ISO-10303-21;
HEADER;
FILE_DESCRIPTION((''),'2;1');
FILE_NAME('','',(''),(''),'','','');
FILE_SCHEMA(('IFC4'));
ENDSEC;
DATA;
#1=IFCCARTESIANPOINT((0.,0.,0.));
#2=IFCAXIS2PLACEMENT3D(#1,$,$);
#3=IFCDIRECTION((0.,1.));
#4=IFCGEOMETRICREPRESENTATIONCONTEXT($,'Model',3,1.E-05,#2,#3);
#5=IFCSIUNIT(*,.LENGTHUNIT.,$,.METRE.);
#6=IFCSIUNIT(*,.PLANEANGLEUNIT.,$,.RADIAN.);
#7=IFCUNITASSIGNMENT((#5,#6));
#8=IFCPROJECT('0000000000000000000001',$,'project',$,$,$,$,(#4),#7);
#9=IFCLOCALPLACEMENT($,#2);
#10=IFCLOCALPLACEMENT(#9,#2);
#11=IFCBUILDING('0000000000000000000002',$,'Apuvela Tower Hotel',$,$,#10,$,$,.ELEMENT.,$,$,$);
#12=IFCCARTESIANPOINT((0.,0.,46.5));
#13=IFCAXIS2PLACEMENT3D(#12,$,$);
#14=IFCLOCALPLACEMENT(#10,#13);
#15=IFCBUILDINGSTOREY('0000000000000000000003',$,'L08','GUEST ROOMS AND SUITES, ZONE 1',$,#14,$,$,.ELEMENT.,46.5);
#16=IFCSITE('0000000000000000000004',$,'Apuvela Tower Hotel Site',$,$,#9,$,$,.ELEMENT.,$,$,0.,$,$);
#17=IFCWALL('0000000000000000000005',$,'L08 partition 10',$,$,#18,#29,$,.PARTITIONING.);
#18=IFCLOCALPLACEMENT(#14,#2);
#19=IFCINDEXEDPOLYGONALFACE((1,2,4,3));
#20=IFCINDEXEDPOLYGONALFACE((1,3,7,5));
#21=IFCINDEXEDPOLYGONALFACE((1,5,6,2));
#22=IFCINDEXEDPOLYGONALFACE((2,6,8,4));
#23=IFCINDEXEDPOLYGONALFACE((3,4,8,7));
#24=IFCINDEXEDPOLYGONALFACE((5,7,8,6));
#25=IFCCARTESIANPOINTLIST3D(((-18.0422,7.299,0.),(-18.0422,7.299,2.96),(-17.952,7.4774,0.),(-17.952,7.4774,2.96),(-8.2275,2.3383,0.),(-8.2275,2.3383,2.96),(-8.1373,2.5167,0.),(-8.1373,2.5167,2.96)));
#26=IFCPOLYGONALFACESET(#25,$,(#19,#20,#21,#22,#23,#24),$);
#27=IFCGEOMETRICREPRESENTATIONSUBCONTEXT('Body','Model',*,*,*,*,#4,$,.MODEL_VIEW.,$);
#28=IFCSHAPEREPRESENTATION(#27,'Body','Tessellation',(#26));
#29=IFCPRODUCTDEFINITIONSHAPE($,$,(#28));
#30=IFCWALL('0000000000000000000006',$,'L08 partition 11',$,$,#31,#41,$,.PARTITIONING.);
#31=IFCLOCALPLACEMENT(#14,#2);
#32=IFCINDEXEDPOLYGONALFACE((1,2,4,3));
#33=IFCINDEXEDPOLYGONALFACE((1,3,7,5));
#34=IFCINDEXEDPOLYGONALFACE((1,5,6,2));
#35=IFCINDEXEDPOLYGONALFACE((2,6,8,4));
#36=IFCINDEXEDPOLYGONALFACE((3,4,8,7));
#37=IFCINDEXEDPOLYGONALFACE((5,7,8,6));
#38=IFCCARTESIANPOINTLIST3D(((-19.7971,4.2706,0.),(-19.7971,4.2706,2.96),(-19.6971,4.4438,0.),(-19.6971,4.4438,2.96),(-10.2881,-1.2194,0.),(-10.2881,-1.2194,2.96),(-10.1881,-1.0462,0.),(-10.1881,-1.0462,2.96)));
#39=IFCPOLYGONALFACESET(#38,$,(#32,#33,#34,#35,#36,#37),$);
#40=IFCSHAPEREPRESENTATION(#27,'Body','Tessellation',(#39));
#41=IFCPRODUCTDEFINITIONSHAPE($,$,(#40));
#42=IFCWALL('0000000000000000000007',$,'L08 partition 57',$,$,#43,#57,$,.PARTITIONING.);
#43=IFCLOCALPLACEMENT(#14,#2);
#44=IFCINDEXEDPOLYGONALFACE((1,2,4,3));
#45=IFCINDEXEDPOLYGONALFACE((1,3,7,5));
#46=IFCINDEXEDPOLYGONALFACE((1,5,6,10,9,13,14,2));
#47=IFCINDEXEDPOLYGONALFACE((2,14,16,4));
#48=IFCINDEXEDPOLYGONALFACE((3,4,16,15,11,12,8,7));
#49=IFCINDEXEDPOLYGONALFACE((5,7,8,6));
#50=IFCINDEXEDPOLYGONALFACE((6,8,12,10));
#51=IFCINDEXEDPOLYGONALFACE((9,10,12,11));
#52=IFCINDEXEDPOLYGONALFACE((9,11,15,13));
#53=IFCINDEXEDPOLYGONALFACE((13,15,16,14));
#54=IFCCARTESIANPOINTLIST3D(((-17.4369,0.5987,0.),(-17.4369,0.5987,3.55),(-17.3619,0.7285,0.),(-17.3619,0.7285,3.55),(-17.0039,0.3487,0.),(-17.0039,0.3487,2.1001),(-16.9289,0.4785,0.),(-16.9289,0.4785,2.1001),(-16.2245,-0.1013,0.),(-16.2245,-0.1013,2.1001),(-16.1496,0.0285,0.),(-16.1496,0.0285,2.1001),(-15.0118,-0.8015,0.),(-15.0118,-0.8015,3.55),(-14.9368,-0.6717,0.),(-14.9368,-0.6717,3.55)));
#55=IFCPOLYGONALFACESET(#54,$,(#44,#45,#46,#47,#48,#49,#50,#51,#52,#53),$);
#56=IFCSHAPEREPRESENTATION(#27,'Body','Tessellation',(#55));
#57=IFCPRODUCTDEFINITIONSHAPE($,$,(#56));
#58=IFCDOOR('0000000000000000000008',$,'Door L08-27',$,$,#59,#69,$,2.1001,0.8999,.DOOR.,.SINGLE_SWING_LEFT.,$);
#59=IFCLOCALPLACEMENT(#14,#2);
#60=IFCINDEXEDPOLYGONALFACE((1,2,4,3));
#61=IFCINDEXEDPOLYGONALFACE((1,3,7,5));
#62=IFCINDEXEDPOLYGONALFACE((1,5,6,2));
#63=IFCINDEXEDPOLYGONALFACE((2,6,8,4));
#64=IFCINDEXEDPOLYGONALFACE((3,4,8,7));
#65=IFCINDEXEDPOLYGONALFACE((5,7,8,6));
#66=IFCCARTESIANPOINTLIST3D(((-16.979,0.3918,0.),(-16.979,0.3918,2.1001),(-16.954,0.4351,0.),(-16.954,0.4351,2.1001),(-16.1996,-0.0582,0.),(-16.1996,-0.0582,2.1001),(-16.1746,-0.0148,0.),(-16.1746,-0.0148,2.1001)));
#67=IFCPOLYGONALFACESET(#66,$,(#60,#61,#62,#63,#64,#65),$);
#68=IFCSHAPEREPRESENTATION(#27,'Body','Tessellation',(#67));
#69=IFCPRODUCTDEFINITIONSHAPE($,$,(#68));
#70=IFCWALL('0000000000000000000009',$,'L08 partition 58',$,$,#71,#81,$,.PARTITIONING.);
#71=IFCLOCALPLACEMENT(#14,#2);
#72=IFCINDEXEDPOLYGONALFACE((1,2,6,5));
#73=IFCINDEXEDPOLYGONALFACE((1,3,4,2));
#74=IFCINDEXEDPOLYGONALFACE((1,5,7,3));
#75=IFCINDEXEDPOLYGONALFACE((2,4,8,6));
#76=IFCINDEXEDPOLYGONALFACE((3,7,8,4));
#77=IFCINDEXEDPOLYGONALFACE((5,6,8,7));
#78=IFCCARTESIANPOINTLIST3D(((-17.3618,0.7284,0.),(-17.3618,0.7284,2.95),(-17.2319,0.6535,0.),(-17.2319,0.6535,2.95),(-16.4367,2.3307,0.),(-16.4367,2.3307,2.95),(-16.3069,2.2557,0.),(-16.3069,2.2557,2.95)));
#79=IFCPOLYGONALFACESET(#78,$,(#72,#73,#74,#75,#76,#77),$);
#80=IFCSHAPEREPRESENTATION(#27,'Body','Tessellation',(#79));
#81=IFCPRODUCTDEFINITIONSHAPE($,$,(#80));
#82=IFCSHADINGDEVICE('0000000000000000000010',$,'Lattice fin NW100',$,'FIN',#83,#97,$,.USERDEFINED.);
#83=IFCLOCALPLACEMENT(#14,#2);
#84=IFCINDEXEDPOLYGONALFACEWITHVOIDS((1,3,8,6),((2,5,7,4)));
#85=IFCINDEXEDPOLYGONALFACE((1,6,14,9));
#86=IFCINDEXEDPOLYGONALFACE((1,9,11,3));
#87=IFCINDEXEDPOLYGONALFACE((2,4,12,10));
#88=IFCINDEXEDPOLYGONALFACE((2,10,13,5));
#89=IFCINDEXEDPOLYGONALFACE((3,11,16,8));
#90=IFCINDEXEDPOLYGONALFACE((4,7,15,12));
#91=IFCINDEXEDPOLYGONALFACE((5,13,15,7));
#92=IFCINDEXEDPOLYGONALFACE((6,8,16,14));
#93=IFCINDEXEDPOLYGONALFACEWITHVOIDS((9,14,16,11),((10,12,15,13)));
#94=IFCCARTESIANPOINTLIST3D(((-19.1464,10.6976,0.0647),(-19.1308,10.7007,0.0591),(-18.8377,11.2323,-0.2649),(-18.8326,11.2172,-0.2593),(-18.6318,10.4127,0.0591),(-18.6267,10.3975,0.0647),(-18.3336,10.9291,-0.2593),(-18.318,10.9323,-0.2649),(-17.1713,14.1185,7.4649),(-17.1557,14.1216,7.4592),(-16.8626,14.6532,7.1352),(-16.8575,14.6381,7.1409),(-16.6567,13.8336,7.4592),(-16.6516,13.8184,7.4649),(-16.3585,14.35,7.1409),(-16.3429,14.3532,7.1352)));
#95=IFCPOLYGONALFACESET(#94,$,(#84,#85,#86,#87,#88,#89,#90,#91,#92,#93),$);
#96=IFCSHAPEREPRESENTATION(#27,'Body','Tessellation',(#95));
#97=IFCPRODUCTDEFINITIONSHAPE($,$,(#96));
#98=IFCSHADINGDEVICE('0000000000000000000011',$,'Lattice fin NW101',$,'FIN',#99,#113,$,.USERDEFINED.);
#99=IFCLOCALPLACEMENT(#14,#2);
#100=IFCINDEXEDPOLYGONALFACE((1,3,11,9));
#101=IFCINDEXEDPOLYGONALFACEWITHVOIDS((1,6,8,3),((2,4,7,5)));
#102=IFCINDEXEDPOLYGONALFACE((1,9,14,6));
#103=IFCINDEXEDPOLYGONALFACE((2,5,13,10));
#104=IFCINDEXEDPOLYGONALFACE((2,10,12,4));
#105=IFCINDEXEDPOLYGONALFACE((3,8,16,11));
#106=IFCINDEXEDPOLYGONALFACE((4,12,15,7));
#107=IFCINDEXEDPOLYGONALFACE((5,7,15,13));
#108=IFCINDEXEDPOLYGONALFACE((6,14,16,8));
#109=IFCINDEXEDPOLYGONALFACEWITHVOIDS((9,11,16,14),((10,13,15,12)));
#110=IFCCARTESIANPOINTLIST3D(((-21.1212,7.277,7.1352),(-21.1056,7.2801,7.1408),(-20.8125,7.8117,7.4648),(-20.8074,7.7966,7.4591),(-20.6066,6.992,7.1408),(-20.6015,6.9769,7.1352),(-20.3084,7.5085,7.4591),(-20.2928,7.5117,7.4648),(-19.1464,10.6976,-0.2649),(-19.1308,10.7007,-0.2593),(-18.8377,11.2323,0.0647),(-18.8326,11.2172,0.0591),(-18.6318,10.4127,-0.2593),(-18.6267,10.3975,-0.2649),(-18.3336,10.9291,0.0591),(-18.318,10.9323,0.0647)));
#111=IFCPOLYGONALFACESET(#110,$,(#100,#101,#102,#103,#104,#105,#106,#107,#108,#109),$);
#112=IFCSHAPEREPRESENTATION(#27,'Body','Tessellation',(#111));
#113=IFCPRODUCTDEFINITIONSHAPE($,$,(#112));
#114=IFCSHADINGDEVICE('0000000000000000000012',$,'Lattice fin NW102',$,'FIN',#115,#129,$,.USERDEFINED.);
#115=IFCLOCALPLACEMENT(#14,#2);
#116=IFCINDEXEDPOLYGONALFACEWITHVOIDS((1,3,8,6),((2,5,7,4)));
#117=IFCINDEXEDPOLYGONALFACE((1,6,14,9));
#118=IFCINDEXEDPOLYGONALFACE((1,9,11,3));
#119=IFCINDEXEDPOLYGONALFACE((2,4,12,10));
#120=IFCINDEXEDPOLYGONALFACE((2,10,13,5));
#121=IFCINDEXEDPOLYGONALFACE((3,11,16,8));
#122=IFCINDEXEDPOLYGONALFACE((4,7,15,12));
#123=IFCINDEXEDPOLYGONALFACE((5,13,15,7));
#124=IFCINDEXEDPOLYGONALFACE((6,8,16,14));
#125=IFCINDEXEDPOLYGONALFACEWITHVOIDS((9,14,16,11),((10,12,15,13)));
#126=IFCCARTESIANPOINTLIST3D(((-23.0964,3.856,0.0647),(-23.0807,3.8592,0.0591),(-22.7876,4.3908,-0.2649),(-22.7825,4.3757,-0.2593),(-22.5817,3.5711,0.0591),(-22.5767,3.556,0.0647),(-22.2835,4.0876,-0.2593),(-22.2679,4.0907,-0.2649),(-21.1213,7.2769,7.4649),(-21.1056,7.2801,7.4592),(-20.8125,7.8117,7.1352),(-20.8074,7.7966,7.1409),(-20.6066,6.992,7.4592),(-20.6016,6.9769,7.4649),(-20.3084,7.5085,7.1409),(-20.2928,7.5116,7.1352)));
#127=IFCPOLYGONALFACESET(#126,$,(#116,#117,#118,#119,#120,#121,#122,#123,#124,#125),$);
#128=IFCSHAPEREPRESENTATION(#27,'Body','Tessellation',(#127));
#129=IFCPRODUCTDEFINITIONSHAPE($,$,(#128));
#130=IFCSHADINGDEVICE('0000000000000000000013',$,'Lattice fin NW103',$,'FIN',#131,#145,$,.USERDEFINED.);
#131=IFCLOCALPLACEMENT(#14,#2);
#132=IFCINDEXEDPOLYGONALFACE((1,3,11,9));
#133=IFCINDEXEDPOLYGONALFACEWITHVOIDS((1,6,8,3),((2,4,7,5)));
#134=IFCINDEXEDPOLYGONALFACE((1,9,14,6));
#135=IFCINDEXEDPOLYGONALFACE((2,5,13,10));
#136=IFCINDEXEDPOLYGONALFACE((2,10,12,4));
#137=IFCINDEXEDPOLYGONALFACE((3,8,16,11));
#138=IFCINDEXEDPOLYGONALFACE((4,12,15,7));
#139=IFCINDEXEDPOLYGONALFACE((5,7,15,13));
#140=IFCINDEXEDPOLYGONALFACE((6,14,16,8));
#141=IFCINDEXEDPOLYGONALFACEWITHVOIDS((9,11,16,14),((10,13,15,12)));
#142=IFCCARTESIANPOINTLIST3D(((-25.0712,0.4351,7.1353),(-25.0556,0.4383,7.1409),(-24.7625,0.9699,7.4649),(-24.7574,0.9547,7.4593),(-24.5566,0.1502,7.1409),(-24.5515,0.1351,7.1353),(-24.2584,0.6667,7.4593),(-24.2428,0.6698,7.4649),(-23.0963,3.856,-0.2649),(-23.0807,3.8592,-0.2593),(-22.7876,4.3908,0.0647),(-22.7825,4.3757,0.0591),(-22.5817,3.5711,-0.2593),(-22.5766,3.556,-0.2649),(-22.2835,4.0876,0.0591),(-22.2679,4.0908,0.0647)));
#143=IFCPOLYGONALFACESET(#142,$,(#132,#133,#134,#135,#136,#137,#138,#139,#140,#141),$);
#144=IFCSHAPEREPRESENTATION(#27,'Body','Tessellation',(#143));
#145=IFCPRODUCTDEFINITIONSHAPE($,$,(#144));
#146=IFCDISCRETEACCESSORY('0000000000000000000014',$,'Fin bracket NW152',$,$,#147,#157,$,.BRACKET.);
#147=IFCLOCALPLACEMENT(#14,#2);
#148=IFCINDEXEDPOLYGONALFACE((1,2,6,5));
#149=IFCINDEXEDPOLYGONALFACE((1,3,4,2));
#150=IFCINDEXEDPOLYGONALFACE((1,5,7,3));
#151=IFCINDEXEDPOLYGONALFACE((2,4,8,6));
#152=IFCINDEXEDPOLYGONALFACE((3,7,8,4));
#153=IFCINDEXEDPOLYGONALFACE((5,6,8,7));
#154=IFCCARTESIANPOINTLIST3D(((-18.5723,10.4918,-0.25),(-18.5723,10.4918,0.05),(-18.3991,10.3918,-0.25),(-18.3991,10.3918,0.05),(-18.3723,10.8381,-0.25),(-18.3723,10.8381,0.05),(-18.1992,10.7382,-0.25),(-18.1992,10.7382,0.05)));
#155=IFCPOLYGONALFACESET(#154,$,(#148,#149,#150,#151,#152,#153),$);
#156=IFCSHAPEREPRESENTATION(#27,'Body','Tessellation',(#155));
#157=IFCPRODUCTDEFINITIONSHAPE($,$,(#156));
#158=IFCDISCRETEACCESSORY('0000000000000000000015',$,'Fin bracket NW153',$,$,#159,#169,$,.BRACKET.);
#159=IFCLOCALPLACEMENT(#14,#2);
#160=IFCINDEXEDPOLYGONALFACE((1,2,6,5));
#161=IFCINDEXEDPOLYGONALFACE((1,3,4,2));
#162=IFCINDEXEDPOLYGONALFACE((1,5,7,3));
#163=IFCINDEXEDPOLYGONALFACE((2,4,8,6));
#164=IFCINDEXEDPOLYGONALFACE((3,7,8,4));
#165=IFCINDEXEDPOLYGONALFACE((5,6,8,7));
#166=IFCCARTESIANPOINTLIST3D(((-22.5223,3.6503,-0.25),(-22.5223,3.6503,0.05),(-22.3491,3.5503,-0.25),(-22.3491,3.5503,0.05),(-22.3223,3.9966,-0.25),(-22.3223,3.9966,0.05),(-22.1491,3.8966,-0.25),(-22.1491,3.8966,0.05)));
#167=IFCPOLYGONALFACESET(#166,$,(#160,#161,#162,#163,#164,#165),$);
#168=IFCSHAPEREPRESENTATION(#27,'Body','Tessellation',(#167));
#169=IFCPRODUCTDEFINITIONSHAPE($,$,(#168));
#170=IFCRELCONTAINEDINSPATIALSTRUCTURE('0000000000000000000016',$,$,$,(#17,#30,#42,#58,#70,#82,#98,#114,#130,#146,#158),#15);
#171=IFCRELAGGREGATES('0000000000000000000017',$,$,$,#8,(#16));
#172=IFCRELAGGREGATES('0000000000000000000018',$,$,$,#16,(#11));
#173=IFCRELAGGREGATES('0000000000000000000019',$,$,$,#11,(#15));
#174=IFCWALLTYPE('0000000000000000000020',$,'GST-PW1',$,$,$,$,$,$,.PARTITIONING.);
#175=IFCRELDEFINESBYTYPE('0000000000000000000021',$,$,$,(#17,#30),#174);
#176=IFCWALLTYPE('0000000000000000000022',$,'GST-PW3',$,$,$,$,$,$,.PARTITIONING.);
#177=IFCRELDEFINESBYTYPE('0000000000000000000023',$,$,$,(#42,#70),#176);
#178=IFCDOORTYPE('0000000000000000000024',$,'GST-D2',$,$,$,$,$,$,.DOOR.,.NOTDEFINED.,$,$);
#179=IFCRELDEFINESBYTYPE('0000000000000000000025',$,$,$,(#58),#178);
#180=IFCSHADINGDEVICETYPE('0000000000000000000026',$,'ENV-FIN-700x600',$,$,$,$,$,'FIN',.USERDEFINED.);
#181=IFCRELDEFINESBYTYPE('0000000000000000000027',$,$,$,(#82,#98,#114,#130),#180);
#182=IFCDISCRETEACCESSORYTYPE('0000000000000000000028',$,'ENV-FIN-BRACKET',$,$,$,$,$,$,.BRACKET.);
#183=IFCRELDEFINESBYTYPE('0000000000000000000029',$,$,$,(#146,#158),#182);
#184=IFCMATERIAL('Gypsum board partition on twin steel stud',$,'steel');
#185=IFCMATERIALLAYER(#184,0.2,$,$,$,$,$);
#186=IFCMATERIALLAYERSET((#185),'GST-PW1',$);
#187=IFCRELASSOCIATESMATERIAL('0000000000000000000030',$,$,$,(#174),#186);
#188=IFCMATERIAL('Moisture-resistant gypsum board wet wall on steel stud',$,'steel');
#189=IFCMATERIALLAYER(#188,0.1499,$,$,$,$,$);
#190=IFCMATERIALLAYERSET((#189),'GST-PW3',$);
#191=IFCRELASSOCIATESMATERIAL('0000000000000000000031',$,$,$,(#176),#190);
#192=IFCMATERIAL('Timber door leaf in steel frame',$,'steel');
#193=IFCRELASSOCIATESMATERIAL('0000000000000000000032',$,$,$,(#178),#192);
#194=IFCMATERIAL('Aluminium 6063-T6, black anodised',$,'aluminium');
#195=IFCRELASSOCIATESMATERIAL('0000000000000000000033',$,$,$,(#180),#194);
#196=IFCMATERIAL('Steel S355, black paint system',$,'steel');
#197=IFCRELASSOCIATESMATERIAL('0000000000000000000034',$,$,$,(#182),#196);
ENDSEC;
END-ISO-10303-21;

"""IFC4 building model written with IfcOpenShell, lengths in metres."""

from ifc_helpers import new_model, si_unit, direction, frame, frame_2d, origin, origin_2d, place, context, subcontext, project, spatial, rectangle, hollow_rectangle, extrude, material, layer, layer_set, material_profile, profile_set, type_object, element, fill, save


model = new_model("IFC4")

# Units and contexts
model_context = context("Model", 3, precision=1e-05, world=origin(), true_north=direction((0.0, 1.0)))
body_context = subcontext(model_context, "Body", "Model", "MODEL_VIEW")
ifc_project = project(units=[si_unit("LENGTHUNIT", "METRE"), si_unit("PLANEANGLEUNIT", "RADIAN")], contexts=[model_context])

# Site, building, storey
site_placement = place(None, origin())
site = spatial("IfcSite", under=ifc_project, at=site_placement, Name="Apuvela Tower Hotel Site", CompositionType="ELEMENT", RefElevation=0.0)
building_placement = place(site_placement, origin())
building = spatial("IfcBuilding", under=site, at=building_placement, Name="Apuvela Tower Hotel", CompositionType="ELEMENT")
storey_placement = place(building_placement, frame((0.0, 0.0, 46.5)))
storey = spatial("IfcBuildingStorey", under=building, at=storey_placement, Name="L08", Description="GUEST ROOMS AND SUITES, ZONE 1", CompositionType="ELEMENT", Elevation=46.5)

# Walls
ifc_material_1 = material(Name="Gypsum board partition on twin steel stud", Category="steel")
ifc_layer_1 = layer(ifc_material_1, 0.2)
ifc_layer_set_1 = layer_set([ifc_layer_1], Name="GST-PW1")
wall_type_1 = type_object("IfcWallType", Name="GST-PW1", PredefinedType="PARTITIONING", material=ifc_layer_set_1)
wall_1_placement = place(storey_placement, frame((-17.9971, 7.3882, 0.0), z_axis=(0.0, 0.0, 1.0), x_axis=(0.892478, -0.45109, 0.0)))
element("IfcWall", 1, at=wall_1_placement, inside=storey, type_object=wall_type_1, Name="L08 partition 10", PredefinedType="PARTITIONING", context=body_context, shape_type="SweptSolid", body=[
    extrude(rectangle(XDim=10.9971, YDim=0.2, at=frame_2d((5.4985, 0.0))), origin(), (0.0, 0.0, 1.0), 2.96),
])
wall_2_placement = place(storey_placement, frame((-19.7471, 4.3572, 0.0), z_axis=(0.0, 0.0, 1.0), x_axis=(0.866027, -0.499996, 0.0)))
element("IfcWall", 2, at=wall_2_placement, inside=storey, type_object=wall_type_1, Name="L08 partition 11", PredefinedType="PARTITIONING", context=body_context, shape_type="SweptSolid", body=[
    extrude(rectangle(XDim=10.98, YDim=0.2, at=frame_2d((5.49, 0.0))), origin(), (0.0, 0.0, 1.0), 2.96),
])

# Wall, opening, door
ifc_material_2 = material(Name="Moisture-resistant gypsum board wet wall on steel stud", Category="steel")
ifc_layer_2 = layer(ifc_material_2, 0.1499)
ifc_layer_set_2 = layer_set([ifc_layer_2], Name="GST-PW3")
wall_type_2 = type_object("IfcWallType", Name="GST-PW3", PredefinedType="PARTITIONING", material=ifc_layer_set_2)
wall_3_placement = place(storey_placement, frame((-17.3994, 0.6636, 0.0), z_axis=(0.0, 0.0, 1.0), x_axis=(0.866019, -0.500012, 0.0)))
wall_3 = element("IfcWall", 3, at=wall_3_placement, inside=storey, type_object=wall_type_2, Name="L08 partition 57", PredefinedType="PARTITIONING", context=body_context, shape_type="SweptSolid", body=[
    extrude(rectangle(XDim=2.8003, YDim=0.1499, at=frame_2d((1.4001, 0.0))), origin(), (0.0, 0.0, 1.0), 3.55),
])
opening_1_placement = place(wall_3_placement, frame((0.5, 0.0, 0.0)))
opening_1 = element("IfcOpeningElement", 4, at=opening_1_placement, cuts=wall_3, PredefinedType="OPENING", context=body_context, shape_type="SweptSolid", body=[
    extrude(rectangle(XDim=0.8999, YDim=2.1001, at=frame_2d((0.45, 1.05))), frame((0.0, 0.085, 0.0), z_axis=(0.0, -1.0, 0.0), x_axis=(1.0, 0.0, 0.0)), (0.0, 0.0, 1.0), 0.1699),
])
ifc_material_3 = material(Name="Timber door leaf in steel frame", Category="steel")
door_type_1 = type_object("IfcDoorType", Name="GST-D2", OperationType="NOTDEFINED", PredefinedType="DOOR", material=ifc_material_3)
door_1_placement = place(opening_1_placement, origin())
door_1 = element("IfcDoor", 5, at=door_1_placement, inside=storey, type_object=door_type_1, Name="Door L08-27", OperationType="SINGLE_SWING_LEFT", OverallHeight=2.1001, OverallWidth=0.8999, PredefinedType="DOOR", context=body_context, shape_type="SweptSolid", body=[
    extrude(rectangle(XDim=0.8999, YDim=2.1001, at=frame_2d((0.45, 1.05))), frame((0.0, 0.0249, 0.0), z_axis=(0.0, -1.0, 0.0), x_axis=(1.0, 0.0, 0.0)), (0.0, 0.0, 1.0), 0.05),
])
fill(opening_1, door_1)

# Wall
wall_4_placement = place(storey_placement, frame((-16.3718, 2.2932, 0.0), z_axis=(0.0, 0.0, 1.0), x_axis=(-0.499985, -0.866034, 0.0)))
element("IfcWall", 6, at=wall_4_placement, inside=storey, type_object=wall_type_2, Name="L08 partition 58", PredefinedType="PARTITIONING", context=body_context, shape_type="SweptSolid", body=[
    extrude(rectangle(XDim=1.8501, YDim=0.1499, at=frame_2d((0.925, 0.0))), origin(), (0.0, 0.0, 1.0), 2.95),
])

# Shading devices
ifc_material_4 = material(Name="Aluminium 6063-T6, black anodised", Category="aluminium")
ifc_material_profile_1 = material_profile(ifc_material_4, hollow_rectangle(XDim=0.6001, YDim=0.7, WallThickness=0.012, at=origin_2d()), Name="AL BOX 700x600x12")
ifc_profile_set_1 = profile_set([ifc_material_profile_1], Name="Aluminium 6063-T6, black anodised")
shading_device_type = type_object("IfcShadingDeviceType", Name="ENV-FIN-700x600", ElementType="FIN", PredefinedType="USERDEFINED", material=ifc_profile_set_1)
shading_device_1_placement = place(storey_placement, frame((-18.7322, 10.8149, -0.1001), z_axis=(0.235455, 0.407812, 0.882185), x_axis=(-0.866021, 0.500008, 0.0)))
element("IfcShadingDevice", 7, at=shading_device_1_placement, inside=storey, type_object=shading_device_type, Name="Lattice fin NW100", ObjectType="FIN", PredefinedType="USERDEFINED", context=body_context, shape_type="SweptSolid", body=[
    extrude(hollow_rectangle(XDim=0.6001, YDim=0.7, WallThickness=0.012, at=origin_2d()), origin(), (0.0, 0.0, 1.0), 8.3884),
])
shading_device_2_placement = place(storey_placement, frame((-18.7322, 10.8149, -0.1001), z_axis=(-0.23543, -0.40779, 0.882202), x_axis=(0.866032, -0.499988, 0.0)))
element("IfcShadingDevice", 8, at=shading_device_2_placement, inside=storey, type_object=shading_device_type, Name="Lattice fin NW101", ObjectType="FIN", PredefinedType="USERDEFINED", context=body_context, shape_type="SweptSolid", body=[
    extrude(hollow_rectangle(XDim=0.6001, YDim=0.7, WallThickness=0.012, at=origin_2d()), origin(), (0.0, 0.0, 1.0), 8.3882),
])
for number, where, z_axis, x_axis, name in (
    (9, (-22.6821, 3.9734, -0.1001), (0.235455, 0.407812, 0.882185), (-0.866021, 0.500008, 0.0), "Lattice fin NW102"),
    (10, (-22.6821, 3.9734, -0.1001), (-0.235428, -0.407814, 0.882191), (0.866048, -0.499961, 0.0), "Lattice fin NW103"),
):
    element("IfcShadingDevice", number, at=place(storey_placement, frame(where, z_axis=z_axis, x_axis=x_axis)), inside=storey, type_object=shading_device_type, Name=name, ObjectType="FIN", PredefinedType="USERDEFINED", context=body_context, shape_type="SweptSolid", body=[
        extrude(hollow_rectangle(XDim=0.6001, YDim=0.7, WallThickness=0.012, at=origin_2d()), origin(), (0.0, 0.0, 1.0), 8.3884),
    ])

# Discrete accessories
ifc_material_5 = material(Name="Steel S355, black paint system", Category="steel")
discrete_accessory_type = type_object("IfcDiscreteAccessoryType", Name="ENV-FIN-BRACKET", PredefinedType="BRACKET", material=ifc_material_5)
for number, where, z_axis, x_axis, name in (
    (11, (-18.3857, 10.615, -0.25), (0.0, 0.0, 1.0), (-0.5, -0.866025, 0.0), "Fin bracket NW152"),
    (12, (-22.3357, 3.7734, -0.25), (0.0, 0.0, 1.0), (-0.5, -0.866025, 0.0), "Fin bracket NW153"),
):
    element("IfcDiscreteAccessory", number, at=place(storey_placement, frame(where, z_axis=z_axis, x_axis=x_axis)), inside=storey, type_object=discrete_accessory_type, Name=name, PredefinedType="BRACKET", context=body_context, shape_type="SweptSolid", body=[
        extrude(rectangle(XDim=0.3999, YDim=0.2, at=origin_2d()), origin(), (0.0, 0.0, 1.0), 0.3),
    ])

save(model, "model.ifc")
